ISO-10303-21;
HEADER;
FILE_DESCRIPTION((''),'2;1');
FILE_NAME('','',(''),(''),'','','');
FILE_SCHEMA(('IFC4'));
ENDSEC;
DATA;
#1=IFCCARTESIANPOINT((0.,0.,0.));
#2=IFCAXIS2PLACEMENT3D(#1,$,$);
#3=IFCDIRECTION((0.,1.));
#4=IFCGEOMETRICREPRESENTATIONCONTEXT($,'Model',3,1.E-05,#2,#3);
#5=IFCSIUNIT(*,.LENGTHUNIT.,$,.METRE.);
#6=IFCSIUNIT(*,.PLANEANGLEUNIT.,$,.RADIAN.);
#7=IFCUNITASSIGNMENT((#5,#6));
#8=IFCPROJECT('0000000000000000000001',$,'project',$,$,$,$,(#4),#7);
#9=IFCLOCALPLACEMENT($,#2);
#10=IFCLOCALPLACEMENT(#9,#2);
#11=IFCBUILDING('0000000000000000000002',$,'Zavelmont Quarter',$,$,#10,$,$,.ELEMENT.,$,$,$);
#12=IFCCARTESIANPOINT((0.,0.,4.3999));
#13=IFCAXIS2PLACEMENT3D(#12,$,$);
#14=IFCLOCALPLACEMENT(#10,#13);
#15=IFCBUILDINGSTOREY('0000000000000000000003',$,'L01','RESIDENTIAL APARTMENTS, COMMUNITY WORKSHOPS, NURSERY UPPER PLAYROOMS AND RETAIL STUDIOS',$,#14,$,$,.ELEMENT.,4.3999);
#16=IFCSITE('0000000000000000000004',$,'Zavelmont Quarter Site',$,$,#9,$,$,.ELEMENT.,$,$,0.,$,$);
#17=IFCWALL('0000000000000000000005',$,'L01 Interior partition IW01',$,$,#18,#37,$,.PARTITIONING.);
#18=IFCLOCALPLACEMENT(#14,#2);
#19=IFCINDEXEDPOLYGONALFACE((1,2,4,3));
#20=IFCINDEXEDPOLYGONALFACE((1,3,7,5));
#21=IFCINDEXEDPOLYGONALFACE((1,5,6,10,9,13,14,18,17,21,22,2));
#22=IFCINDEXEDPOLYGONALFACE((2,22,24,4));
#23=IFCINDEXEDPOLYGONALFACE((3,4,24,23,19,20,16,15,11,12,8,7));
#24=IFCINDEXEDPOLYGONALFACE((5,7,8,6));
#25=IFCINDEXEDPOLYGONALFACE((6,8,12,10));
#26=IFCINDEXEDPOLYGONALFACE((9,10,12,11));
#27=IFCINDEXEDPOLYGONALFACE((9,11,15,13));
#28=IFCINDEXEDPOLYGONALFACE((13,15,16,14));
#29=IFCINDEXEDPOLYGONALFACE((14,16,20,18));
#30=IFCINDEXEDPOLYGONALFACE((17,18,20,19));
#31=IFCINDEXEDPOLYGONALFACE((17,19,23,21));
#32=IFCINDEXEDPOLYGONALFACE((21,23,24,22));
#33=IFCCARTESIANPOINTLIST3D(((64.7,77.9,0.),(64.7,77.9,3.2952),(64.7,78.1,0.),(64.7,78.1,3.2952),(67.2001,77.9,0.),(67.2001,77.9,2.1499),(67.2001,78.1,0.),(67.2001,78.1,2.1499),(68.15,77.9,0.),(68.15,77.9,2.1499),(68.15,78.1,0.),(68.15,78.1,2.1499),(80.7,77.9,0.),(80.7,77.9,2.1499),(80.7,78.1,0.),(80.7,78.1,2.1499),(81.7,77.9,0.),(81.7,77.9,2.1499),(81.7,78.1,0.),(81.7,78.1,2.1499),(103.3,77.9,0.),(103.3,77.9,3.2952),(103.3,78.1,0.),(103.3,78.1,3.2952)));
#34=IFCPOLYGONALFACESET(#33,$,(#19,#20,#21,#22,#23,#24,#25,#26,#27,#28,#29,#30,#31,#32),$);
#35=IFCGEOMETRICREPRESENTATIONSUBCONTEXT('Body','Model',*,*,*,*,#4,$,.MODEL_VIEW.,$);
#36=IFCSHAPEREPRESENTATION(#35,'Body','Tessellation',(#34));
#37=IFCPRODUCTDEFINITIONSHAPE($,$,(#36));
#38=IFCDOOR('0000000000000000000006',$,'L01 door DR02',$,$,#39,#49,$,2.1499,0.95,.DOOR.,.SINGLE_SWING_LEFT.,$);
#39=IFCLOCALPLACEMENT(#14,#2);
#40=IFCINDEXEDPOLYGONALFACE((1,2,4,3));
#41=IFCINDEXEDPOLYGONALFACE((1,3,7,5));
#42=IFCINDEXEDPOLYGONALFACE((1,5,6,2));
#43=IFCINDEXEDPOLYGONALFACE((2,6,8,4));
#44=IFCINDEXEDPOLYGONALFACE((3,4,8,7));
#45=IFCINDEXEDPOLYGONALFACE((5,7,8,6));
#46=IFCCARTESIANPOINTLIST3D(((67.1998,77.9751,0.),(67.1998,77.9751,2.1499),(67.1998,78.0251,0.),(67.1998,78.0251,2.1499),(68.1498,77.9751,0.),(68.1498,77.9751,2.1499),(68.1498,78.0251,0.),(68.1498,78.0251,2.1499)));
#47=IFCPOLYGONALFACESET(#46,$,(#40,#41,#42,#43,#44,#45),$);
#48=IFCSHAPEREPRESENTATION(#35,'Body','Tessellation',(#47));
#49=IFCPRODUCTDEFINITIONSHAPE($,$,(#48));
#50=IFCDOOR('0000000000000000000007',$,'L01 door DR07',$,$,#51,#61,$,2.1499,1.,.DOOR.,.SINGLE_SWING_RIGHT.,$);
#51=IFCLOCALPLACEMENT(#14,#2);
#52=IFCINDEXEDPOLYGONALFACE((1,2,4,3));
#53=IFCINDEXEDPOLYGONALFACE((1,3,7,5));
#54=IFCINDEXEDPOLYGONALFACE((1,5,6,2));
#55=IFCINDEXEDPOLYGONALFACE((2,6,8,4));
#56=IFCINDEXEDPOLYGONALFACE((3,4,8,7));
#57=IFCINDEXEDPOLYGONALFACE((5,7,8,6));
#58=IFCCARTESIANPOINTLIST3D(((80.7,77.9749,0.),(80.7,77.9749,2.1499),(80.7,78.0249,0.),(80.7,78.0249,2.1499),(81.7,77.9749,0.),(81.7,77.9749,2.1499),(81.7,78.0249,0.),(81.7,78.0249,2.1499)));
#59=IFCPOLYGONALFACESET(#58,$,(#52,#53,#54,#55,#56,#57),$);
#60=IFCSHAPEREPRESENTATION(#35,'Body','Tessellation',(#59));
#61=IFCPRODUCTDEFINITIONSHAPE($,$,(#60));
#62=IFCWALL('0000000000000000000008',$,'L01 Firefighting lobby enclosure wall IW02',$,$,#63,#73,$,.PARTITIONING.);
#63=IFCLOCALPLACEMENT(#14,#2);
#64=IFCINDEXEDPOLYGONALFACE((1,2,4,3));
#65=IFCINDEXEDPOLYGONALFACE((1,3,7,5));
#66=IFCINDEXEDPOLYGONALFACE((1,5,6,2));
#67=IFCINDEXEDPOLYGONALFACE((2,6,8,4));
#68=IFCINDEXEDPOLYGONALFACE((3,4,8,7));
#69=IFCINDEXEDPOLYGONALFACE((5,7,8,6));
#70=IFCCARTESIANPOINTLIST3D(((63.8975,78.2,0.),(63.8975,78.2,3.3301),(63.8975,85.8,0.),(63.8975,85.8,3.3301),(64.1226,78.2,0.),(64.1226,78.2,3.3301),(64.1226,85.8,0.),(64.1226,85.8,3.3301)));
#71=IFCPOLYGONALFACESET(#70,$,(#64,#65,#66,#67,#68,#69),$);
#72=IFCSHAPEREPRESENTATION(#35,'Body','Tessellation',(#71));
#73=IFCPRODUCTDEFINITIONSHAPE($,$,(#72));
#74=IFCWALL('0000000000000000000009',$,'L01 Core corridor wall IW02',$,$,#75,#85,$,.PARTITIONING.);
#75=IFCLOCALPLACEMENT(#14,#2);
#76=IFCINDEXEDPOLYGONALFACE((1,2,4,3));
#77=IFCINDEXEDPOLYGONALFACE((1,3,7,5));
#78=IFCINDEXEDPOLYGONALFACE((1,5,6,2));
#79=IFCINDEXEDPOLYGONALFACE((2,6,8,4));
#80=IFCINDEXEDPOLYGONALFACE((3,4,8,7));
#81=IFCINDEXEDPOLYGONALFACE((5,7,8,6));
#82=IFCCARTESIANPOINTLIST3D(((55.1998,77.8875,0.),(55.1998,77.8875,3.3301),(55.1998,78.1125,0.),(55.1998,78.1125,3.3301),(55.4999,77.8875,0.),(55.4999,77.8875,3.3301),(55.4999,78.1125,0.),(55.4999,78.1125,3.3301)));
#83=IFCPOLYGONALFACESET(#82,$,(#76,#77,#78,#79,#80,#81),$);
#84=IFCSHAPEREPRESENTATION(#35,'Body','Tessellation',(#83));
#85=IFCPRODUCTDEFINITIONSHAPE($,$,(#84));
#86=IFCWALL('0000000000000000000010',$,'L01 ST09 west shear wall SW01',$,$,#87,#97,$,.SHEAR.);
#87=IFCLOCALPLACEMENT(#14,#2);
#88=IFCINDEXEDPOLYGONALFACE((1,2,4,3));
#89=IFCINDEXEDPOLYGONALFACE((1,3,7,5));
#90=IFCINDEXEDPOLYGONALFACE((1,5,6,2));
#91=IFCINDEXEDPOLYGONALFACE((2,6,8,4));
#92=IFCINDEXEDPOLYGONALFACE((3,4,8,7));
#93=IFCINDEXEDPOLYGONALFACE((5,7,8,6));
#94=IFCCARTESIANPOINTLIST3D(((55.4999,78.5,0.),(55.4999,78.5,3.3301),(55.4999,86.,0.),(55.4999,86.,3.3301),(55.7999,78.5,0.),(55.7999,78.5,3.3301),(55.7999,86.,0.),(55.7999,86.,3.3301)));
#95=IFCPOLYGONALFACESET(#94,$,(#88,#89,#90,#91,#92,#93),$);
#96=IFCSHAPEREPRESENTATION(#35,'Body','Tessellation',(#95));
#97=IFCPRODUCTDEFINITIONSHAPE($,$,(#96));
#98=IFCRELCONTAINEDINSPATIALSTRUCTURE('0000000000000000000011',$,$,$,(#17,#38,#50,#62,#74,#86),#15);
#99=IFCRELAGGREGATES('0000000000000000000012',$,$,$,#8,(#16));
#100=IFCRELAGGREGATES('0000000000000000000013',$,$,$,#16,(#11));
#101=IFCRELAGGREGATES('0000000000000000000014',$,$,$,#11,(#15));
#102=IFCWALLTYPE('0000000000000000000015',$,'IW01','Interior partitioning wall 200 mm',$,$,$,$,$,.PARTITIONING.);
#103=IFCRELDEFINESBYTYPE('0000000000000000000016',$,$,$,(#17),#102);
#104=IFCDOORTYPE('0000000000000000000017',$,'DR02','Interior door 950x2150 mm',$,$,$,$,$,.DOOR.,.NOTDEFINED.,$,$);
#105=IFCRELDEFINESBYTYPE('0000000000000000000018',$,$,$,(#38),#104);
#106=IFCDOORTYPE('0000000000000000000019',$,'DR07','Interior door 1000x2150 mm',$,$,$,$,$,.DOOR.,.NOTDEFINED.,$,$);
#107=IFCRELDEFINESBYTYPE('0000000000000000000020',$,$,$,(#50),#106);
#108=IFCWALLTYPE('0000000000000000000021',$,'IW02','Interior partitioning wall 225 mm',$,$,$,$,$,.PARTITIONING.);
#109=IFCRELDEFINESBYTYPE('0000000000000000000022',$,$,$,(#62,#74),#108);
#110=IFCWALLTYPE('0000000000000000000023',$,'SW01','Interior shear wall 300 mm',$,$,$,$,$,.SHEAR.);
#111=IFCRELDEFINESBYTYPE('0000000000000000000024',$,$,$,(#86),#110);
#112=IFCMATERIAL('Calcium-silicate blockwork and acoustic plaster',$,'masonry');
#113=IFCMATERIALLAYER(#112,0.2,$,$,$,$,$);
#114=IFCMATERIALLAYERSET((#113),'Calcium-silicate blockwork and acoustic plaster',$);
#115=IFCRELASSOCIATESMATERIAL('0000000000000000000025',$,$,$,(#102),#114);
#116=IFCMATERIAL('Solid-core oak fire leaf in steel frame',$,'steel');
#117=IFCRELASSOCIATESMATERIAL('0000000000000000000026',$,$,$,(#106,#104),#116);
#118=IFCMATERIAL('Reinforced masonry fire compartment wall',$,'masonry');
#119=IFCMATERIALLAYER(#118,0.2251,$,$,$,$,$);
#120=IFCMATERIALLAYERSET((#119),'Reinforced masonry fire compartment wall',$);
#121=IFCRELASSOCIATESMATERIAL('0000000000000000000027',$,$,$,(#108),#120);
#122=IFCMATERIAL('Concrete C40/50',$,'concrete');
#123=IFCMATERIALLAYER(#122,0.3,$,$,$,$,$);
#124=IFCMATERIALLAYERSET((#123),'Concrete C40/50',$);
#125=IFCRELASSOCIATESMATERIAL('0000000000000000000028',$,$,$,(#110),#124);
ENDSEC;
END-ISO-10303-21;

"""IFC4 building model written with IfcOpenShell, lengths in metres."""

from ifc_helpers import new_model, si_unit, direction, frame, frame_2d, origin, origin_with_axes, place, context, subcontext, project, spatial, rectangle, extrude, material, layer, layer_set, type_object, element, fill, save


model = new_model("IFC4")

# Units and contexts
model_context = context("Model", 3, precision=1e-05, world=origin(), true_north=direction((0.0, 1.0)))
body_context = subcontext(model_context, "Body", "Model", "MODEL_VIEW")
ifc_project = project(units=[si_unit("LENGTHUNIT", "METRE"), si_unit("PLANEANGLEUNIT", "RADIAN")], contexts=[model_context])

# Site, building, storey
site_placement = place(None, origin())
site = spatial("IfcSite", under=ifc_project, at=site_placement, Name="Zavelmont Quarter Site", CompositionType="ELEMENT", RefElevation=0.0)
building_placement = place(site_placement, origin())
building = spatial("IfcBuilding", under=site, at=building_placement, Name="Zavelmont Quarter", CompositionType="ELEMENT")
storey_placement = place(building_placement, frame((0.0, 0.0, 4.3999)))
storey = spatial("IfcBuildingStorey", under=building, at=storey_placement, Name="L01", Description="RESIDENTIAL APARTMENTS, COMMUNITY WORKSHOPS, NURSERY UPPER PLAYROOMS AND RETAIL STUDIOS", CompositionType="ELEMENT", Elevation=4.3999)

# Shared definitions
ifc_material_1 = material(Name="Concrete C40/50", Category="concrete")

# Shared definitions
ifc_material_2 = material(Name="Calcium-silicate blockwork and acoustic plaster", Category="masonry")
ifc_layer_1 = layer(ifc_material_2, 0.2)
ifc_layer_set_1 = layer_set([ifc_layer_1], Name="Calcium-silicate blockwork and acoustic plaster")
wall_type_1 = type_object("IfcWallType", Name="IW01", Description="Interior partitioning wall 200 mm", PredefinedType="PARTITIONING", material=ifc_layer_set_1)
ifc_material_3 = material(Name="Solid-core oak fire leaf in steel frame", Category="steel")
door_type_1 = type_object("IfcDoorType", Name="DR07", Description="Interior door 1000x2150 mm", OperationType="NOTDEFINED", PredefinedType="DOOR", material=ifc_material_3)

# Wall, openings, doors
wall_1_placement = place(storey_placement, frame((64.7, 78.0, 0.0), z_axis=(0.0, 0.0, 1.0), x_axis=(1.0, 0.0, 0.0)))
wall_1 = element("IfcWall", 1, at=wall_1_placement, inside=storey, type_object=wall_type_1, Name="L01 Interior partition IW01", PredefinedType="PARTITIONING", context=body_context, shape_type="SweptSolid", body=[
    extrude(rectangle(XDim=38.6001, YDim=0.2, at=frame_2d((19.3, 0.0))), origin(), (0.0, 0.0, 1.0), 3.2952),
])
opening_1_placement = place(wall_1_placement, frame((2.5, 0.0, 0.0)))
opening_1 = element("IfcOpeningElement", 2, at=opening_1_placement, cuts=wall_1, PredefinedType="OPENING", context=body_context, shape_type="SweptSolid", body=[
    extrude(rectangle(XDim=0.95, YDim=2.1499, at=frame_2d((0.4751, 1.075))), frame((0.0, 0.1118, 0.0), z_axis=(0.0, -1.0, 0.0), x_axis=(1.0, 0.0, 0.0)), (0.0, 0.0, 1.0), 0.2239),
])
opening_2_placement = place(wall_1_placement, frame((16.0, 0.0, 0.0)))
opening_2 = element("IfcOpeningElement", 3, at=opening_2_placement, cuts=wall_1, PredefinedType="OPENING", context=body_context, shape_type="SweptSolid", body=[
    extrude(rectangle(XDim=1.0, YDim=2.1499, at=frame_2d((0.5, 1.075))), frame((0.0, 0.1118, 0.0), z_axis=(0.0, -1.0, 0.0), x_axis=(1.0, 0.0, 0.0)), (0.0, 0.0, 1.0), 0.2239),
])
door_type_2 = type_object("IfcDoorType", Name="DR02", Description="Interior door 950x2150 mm", OperationType="NOTDEFINED", PredefinedType="DOOR", material=ifc_material_3)
door_1_placement = place(opening_1_placement, frame((0.95, 0.0, 0.0), z_axis=(0.0, 0.0, 1.0), x_axis=(-1.0, 0.0, 0.0)))
door_1 = element("IfcDoor", 4, at=door_1_placement, inside=storey, type_object=door_type_2, Name="L01 door DR02", OperationType="SINGLE_SWING_LEFT", OverallHeight=2.1499, OverallWidth=0.95, PredefinedType="DOOR", context=body_context, shape_type="SweptSolid", body=[
    extrude(rectangle(XDim=0.95, YDim=2.1499, at=frame_2d((0.4751, 1.075))), frame((0.0, 0.0249, 0.0), z_axis=(0.0, -1.0, 0.0), x_axis=(1.0, 0.0, 0.0)), (0.0, 0.0, 1.0), 0.05),
])
fill(opening_1, door_1)
door_2_placement = place(opening_2_placement, origin_with_axes())
door_2 = element("IfcDoor", 5, at=door_2_placement, inside=storey, type_object=door_type_1, Name="L01 door DR07", OperationType="SINGLE_SWING_RIGHT", OverallHeight=2.1499, OverallWidth=1.0, PredefinedType="DOOR", context=body_context, shape_type="SweptSolid", body=[
    extrude(rectangle(XDim=1.0, YDim=2.1499, at=frame_2d((0.5, 1.075))), frame((0.0, 0.0249, 0.0), z_axis=(0.0, -1.0, 0.0), x_axis=(1.0, 0.0, 0.0)), (0.0, 0.0, 1.0), 0.05),
])
fill(opening_2, door_2)

# Walls
ifc_material_4 = material(Name="Reinforced masonry fire compartment wall", Category="masonry")
ifc_layer_2 = layer(ifc_material_4, 0.2251)
ifc_layer_set_2 = layer_set([ifc_layer_2], Name="Reinforced masonry fire compartment wall")
wall_type_2 = type_object("IfcWallType", Name="IW02", Description="Interior partitioning wall 225 mm", PredefinedType="PARTITIONING", material=ifc_layer_set_2)
wall_2_placement = place(storey_placement, frame((64.01, 78.2, 0.0), z_axis=(0.0, 0.0, 1.0), x_axis=(0.0, 1.0, 0.0)))
element("IfcWall", 6, at=wall_2_placement, inside=storey, type_object=wall_type_2, Name="L01 Firefighting lobby enclosure wall IW02", PredefinedType="PARTITIONING", context=body_context, shape_type="SweptSolid", body=[
    extrude(rectangle(XDim=7.6001, YDim=0.2251, at=frame_2d((3.8, 0.0))), origin(), (0.0, 0.0, 1.0), 3.3301),
])
wall_3_placement = place(storey_placement, frame((55.2, 78.0, 0.0), z_axis=(0.0, 0.0, 1.0), x_axis=(1.0, 0.0, 0.0)))
element("IfcWall", 7, at=wall_3_placement, inside=storey, type_object=wall_type_2, Name="L01 Core corridor wall IW02", PredefinedType="PARTITIONING", context=body_context, shape_type="SweptSolid", body=[
    extrude(rectangle(XDim=0.3, YDim=0.2251, at=frame_2d((0.1499, 0.0))), origin(), (0.0, 0.0, 1.0), 3.3301),
])

# Wall
ifc_layer_3 = layer(ifc_material_1, 0.3)
ifc_layer_set_3 = layer_set([ifc_layer_3], Name="Concrete C40/50")
wall_type_3 = type_object("IfcWallType", Name="SW01", Description="Interior shear wall 300 mm", PredefinedType="SHEAR", material=ifc_layer_set_3)
wall_4_placement = place(storey_placement, frame((55.6499, 78.5, 0.0), z_axis=(0.0, 0.0, 1.0), x_axis=(0.0, 1.0, 0.0)))
element("IfcWall", 8, at=wall_4_placement, inside=storey, type_object=wall_type_3, Name="L01 ST09 west shear wall SW01", PredefinedType="SHEAR", context=body_context, shape_type="SweptSolid", body=[
    extrude(rectangle(XDim=7.5, YDim=0.3, at=frame_2d((3.75, 0.0))), origin(), (0.0, 0.0, 1.0), 3.3301),
])

save(model, "model.ifc")
